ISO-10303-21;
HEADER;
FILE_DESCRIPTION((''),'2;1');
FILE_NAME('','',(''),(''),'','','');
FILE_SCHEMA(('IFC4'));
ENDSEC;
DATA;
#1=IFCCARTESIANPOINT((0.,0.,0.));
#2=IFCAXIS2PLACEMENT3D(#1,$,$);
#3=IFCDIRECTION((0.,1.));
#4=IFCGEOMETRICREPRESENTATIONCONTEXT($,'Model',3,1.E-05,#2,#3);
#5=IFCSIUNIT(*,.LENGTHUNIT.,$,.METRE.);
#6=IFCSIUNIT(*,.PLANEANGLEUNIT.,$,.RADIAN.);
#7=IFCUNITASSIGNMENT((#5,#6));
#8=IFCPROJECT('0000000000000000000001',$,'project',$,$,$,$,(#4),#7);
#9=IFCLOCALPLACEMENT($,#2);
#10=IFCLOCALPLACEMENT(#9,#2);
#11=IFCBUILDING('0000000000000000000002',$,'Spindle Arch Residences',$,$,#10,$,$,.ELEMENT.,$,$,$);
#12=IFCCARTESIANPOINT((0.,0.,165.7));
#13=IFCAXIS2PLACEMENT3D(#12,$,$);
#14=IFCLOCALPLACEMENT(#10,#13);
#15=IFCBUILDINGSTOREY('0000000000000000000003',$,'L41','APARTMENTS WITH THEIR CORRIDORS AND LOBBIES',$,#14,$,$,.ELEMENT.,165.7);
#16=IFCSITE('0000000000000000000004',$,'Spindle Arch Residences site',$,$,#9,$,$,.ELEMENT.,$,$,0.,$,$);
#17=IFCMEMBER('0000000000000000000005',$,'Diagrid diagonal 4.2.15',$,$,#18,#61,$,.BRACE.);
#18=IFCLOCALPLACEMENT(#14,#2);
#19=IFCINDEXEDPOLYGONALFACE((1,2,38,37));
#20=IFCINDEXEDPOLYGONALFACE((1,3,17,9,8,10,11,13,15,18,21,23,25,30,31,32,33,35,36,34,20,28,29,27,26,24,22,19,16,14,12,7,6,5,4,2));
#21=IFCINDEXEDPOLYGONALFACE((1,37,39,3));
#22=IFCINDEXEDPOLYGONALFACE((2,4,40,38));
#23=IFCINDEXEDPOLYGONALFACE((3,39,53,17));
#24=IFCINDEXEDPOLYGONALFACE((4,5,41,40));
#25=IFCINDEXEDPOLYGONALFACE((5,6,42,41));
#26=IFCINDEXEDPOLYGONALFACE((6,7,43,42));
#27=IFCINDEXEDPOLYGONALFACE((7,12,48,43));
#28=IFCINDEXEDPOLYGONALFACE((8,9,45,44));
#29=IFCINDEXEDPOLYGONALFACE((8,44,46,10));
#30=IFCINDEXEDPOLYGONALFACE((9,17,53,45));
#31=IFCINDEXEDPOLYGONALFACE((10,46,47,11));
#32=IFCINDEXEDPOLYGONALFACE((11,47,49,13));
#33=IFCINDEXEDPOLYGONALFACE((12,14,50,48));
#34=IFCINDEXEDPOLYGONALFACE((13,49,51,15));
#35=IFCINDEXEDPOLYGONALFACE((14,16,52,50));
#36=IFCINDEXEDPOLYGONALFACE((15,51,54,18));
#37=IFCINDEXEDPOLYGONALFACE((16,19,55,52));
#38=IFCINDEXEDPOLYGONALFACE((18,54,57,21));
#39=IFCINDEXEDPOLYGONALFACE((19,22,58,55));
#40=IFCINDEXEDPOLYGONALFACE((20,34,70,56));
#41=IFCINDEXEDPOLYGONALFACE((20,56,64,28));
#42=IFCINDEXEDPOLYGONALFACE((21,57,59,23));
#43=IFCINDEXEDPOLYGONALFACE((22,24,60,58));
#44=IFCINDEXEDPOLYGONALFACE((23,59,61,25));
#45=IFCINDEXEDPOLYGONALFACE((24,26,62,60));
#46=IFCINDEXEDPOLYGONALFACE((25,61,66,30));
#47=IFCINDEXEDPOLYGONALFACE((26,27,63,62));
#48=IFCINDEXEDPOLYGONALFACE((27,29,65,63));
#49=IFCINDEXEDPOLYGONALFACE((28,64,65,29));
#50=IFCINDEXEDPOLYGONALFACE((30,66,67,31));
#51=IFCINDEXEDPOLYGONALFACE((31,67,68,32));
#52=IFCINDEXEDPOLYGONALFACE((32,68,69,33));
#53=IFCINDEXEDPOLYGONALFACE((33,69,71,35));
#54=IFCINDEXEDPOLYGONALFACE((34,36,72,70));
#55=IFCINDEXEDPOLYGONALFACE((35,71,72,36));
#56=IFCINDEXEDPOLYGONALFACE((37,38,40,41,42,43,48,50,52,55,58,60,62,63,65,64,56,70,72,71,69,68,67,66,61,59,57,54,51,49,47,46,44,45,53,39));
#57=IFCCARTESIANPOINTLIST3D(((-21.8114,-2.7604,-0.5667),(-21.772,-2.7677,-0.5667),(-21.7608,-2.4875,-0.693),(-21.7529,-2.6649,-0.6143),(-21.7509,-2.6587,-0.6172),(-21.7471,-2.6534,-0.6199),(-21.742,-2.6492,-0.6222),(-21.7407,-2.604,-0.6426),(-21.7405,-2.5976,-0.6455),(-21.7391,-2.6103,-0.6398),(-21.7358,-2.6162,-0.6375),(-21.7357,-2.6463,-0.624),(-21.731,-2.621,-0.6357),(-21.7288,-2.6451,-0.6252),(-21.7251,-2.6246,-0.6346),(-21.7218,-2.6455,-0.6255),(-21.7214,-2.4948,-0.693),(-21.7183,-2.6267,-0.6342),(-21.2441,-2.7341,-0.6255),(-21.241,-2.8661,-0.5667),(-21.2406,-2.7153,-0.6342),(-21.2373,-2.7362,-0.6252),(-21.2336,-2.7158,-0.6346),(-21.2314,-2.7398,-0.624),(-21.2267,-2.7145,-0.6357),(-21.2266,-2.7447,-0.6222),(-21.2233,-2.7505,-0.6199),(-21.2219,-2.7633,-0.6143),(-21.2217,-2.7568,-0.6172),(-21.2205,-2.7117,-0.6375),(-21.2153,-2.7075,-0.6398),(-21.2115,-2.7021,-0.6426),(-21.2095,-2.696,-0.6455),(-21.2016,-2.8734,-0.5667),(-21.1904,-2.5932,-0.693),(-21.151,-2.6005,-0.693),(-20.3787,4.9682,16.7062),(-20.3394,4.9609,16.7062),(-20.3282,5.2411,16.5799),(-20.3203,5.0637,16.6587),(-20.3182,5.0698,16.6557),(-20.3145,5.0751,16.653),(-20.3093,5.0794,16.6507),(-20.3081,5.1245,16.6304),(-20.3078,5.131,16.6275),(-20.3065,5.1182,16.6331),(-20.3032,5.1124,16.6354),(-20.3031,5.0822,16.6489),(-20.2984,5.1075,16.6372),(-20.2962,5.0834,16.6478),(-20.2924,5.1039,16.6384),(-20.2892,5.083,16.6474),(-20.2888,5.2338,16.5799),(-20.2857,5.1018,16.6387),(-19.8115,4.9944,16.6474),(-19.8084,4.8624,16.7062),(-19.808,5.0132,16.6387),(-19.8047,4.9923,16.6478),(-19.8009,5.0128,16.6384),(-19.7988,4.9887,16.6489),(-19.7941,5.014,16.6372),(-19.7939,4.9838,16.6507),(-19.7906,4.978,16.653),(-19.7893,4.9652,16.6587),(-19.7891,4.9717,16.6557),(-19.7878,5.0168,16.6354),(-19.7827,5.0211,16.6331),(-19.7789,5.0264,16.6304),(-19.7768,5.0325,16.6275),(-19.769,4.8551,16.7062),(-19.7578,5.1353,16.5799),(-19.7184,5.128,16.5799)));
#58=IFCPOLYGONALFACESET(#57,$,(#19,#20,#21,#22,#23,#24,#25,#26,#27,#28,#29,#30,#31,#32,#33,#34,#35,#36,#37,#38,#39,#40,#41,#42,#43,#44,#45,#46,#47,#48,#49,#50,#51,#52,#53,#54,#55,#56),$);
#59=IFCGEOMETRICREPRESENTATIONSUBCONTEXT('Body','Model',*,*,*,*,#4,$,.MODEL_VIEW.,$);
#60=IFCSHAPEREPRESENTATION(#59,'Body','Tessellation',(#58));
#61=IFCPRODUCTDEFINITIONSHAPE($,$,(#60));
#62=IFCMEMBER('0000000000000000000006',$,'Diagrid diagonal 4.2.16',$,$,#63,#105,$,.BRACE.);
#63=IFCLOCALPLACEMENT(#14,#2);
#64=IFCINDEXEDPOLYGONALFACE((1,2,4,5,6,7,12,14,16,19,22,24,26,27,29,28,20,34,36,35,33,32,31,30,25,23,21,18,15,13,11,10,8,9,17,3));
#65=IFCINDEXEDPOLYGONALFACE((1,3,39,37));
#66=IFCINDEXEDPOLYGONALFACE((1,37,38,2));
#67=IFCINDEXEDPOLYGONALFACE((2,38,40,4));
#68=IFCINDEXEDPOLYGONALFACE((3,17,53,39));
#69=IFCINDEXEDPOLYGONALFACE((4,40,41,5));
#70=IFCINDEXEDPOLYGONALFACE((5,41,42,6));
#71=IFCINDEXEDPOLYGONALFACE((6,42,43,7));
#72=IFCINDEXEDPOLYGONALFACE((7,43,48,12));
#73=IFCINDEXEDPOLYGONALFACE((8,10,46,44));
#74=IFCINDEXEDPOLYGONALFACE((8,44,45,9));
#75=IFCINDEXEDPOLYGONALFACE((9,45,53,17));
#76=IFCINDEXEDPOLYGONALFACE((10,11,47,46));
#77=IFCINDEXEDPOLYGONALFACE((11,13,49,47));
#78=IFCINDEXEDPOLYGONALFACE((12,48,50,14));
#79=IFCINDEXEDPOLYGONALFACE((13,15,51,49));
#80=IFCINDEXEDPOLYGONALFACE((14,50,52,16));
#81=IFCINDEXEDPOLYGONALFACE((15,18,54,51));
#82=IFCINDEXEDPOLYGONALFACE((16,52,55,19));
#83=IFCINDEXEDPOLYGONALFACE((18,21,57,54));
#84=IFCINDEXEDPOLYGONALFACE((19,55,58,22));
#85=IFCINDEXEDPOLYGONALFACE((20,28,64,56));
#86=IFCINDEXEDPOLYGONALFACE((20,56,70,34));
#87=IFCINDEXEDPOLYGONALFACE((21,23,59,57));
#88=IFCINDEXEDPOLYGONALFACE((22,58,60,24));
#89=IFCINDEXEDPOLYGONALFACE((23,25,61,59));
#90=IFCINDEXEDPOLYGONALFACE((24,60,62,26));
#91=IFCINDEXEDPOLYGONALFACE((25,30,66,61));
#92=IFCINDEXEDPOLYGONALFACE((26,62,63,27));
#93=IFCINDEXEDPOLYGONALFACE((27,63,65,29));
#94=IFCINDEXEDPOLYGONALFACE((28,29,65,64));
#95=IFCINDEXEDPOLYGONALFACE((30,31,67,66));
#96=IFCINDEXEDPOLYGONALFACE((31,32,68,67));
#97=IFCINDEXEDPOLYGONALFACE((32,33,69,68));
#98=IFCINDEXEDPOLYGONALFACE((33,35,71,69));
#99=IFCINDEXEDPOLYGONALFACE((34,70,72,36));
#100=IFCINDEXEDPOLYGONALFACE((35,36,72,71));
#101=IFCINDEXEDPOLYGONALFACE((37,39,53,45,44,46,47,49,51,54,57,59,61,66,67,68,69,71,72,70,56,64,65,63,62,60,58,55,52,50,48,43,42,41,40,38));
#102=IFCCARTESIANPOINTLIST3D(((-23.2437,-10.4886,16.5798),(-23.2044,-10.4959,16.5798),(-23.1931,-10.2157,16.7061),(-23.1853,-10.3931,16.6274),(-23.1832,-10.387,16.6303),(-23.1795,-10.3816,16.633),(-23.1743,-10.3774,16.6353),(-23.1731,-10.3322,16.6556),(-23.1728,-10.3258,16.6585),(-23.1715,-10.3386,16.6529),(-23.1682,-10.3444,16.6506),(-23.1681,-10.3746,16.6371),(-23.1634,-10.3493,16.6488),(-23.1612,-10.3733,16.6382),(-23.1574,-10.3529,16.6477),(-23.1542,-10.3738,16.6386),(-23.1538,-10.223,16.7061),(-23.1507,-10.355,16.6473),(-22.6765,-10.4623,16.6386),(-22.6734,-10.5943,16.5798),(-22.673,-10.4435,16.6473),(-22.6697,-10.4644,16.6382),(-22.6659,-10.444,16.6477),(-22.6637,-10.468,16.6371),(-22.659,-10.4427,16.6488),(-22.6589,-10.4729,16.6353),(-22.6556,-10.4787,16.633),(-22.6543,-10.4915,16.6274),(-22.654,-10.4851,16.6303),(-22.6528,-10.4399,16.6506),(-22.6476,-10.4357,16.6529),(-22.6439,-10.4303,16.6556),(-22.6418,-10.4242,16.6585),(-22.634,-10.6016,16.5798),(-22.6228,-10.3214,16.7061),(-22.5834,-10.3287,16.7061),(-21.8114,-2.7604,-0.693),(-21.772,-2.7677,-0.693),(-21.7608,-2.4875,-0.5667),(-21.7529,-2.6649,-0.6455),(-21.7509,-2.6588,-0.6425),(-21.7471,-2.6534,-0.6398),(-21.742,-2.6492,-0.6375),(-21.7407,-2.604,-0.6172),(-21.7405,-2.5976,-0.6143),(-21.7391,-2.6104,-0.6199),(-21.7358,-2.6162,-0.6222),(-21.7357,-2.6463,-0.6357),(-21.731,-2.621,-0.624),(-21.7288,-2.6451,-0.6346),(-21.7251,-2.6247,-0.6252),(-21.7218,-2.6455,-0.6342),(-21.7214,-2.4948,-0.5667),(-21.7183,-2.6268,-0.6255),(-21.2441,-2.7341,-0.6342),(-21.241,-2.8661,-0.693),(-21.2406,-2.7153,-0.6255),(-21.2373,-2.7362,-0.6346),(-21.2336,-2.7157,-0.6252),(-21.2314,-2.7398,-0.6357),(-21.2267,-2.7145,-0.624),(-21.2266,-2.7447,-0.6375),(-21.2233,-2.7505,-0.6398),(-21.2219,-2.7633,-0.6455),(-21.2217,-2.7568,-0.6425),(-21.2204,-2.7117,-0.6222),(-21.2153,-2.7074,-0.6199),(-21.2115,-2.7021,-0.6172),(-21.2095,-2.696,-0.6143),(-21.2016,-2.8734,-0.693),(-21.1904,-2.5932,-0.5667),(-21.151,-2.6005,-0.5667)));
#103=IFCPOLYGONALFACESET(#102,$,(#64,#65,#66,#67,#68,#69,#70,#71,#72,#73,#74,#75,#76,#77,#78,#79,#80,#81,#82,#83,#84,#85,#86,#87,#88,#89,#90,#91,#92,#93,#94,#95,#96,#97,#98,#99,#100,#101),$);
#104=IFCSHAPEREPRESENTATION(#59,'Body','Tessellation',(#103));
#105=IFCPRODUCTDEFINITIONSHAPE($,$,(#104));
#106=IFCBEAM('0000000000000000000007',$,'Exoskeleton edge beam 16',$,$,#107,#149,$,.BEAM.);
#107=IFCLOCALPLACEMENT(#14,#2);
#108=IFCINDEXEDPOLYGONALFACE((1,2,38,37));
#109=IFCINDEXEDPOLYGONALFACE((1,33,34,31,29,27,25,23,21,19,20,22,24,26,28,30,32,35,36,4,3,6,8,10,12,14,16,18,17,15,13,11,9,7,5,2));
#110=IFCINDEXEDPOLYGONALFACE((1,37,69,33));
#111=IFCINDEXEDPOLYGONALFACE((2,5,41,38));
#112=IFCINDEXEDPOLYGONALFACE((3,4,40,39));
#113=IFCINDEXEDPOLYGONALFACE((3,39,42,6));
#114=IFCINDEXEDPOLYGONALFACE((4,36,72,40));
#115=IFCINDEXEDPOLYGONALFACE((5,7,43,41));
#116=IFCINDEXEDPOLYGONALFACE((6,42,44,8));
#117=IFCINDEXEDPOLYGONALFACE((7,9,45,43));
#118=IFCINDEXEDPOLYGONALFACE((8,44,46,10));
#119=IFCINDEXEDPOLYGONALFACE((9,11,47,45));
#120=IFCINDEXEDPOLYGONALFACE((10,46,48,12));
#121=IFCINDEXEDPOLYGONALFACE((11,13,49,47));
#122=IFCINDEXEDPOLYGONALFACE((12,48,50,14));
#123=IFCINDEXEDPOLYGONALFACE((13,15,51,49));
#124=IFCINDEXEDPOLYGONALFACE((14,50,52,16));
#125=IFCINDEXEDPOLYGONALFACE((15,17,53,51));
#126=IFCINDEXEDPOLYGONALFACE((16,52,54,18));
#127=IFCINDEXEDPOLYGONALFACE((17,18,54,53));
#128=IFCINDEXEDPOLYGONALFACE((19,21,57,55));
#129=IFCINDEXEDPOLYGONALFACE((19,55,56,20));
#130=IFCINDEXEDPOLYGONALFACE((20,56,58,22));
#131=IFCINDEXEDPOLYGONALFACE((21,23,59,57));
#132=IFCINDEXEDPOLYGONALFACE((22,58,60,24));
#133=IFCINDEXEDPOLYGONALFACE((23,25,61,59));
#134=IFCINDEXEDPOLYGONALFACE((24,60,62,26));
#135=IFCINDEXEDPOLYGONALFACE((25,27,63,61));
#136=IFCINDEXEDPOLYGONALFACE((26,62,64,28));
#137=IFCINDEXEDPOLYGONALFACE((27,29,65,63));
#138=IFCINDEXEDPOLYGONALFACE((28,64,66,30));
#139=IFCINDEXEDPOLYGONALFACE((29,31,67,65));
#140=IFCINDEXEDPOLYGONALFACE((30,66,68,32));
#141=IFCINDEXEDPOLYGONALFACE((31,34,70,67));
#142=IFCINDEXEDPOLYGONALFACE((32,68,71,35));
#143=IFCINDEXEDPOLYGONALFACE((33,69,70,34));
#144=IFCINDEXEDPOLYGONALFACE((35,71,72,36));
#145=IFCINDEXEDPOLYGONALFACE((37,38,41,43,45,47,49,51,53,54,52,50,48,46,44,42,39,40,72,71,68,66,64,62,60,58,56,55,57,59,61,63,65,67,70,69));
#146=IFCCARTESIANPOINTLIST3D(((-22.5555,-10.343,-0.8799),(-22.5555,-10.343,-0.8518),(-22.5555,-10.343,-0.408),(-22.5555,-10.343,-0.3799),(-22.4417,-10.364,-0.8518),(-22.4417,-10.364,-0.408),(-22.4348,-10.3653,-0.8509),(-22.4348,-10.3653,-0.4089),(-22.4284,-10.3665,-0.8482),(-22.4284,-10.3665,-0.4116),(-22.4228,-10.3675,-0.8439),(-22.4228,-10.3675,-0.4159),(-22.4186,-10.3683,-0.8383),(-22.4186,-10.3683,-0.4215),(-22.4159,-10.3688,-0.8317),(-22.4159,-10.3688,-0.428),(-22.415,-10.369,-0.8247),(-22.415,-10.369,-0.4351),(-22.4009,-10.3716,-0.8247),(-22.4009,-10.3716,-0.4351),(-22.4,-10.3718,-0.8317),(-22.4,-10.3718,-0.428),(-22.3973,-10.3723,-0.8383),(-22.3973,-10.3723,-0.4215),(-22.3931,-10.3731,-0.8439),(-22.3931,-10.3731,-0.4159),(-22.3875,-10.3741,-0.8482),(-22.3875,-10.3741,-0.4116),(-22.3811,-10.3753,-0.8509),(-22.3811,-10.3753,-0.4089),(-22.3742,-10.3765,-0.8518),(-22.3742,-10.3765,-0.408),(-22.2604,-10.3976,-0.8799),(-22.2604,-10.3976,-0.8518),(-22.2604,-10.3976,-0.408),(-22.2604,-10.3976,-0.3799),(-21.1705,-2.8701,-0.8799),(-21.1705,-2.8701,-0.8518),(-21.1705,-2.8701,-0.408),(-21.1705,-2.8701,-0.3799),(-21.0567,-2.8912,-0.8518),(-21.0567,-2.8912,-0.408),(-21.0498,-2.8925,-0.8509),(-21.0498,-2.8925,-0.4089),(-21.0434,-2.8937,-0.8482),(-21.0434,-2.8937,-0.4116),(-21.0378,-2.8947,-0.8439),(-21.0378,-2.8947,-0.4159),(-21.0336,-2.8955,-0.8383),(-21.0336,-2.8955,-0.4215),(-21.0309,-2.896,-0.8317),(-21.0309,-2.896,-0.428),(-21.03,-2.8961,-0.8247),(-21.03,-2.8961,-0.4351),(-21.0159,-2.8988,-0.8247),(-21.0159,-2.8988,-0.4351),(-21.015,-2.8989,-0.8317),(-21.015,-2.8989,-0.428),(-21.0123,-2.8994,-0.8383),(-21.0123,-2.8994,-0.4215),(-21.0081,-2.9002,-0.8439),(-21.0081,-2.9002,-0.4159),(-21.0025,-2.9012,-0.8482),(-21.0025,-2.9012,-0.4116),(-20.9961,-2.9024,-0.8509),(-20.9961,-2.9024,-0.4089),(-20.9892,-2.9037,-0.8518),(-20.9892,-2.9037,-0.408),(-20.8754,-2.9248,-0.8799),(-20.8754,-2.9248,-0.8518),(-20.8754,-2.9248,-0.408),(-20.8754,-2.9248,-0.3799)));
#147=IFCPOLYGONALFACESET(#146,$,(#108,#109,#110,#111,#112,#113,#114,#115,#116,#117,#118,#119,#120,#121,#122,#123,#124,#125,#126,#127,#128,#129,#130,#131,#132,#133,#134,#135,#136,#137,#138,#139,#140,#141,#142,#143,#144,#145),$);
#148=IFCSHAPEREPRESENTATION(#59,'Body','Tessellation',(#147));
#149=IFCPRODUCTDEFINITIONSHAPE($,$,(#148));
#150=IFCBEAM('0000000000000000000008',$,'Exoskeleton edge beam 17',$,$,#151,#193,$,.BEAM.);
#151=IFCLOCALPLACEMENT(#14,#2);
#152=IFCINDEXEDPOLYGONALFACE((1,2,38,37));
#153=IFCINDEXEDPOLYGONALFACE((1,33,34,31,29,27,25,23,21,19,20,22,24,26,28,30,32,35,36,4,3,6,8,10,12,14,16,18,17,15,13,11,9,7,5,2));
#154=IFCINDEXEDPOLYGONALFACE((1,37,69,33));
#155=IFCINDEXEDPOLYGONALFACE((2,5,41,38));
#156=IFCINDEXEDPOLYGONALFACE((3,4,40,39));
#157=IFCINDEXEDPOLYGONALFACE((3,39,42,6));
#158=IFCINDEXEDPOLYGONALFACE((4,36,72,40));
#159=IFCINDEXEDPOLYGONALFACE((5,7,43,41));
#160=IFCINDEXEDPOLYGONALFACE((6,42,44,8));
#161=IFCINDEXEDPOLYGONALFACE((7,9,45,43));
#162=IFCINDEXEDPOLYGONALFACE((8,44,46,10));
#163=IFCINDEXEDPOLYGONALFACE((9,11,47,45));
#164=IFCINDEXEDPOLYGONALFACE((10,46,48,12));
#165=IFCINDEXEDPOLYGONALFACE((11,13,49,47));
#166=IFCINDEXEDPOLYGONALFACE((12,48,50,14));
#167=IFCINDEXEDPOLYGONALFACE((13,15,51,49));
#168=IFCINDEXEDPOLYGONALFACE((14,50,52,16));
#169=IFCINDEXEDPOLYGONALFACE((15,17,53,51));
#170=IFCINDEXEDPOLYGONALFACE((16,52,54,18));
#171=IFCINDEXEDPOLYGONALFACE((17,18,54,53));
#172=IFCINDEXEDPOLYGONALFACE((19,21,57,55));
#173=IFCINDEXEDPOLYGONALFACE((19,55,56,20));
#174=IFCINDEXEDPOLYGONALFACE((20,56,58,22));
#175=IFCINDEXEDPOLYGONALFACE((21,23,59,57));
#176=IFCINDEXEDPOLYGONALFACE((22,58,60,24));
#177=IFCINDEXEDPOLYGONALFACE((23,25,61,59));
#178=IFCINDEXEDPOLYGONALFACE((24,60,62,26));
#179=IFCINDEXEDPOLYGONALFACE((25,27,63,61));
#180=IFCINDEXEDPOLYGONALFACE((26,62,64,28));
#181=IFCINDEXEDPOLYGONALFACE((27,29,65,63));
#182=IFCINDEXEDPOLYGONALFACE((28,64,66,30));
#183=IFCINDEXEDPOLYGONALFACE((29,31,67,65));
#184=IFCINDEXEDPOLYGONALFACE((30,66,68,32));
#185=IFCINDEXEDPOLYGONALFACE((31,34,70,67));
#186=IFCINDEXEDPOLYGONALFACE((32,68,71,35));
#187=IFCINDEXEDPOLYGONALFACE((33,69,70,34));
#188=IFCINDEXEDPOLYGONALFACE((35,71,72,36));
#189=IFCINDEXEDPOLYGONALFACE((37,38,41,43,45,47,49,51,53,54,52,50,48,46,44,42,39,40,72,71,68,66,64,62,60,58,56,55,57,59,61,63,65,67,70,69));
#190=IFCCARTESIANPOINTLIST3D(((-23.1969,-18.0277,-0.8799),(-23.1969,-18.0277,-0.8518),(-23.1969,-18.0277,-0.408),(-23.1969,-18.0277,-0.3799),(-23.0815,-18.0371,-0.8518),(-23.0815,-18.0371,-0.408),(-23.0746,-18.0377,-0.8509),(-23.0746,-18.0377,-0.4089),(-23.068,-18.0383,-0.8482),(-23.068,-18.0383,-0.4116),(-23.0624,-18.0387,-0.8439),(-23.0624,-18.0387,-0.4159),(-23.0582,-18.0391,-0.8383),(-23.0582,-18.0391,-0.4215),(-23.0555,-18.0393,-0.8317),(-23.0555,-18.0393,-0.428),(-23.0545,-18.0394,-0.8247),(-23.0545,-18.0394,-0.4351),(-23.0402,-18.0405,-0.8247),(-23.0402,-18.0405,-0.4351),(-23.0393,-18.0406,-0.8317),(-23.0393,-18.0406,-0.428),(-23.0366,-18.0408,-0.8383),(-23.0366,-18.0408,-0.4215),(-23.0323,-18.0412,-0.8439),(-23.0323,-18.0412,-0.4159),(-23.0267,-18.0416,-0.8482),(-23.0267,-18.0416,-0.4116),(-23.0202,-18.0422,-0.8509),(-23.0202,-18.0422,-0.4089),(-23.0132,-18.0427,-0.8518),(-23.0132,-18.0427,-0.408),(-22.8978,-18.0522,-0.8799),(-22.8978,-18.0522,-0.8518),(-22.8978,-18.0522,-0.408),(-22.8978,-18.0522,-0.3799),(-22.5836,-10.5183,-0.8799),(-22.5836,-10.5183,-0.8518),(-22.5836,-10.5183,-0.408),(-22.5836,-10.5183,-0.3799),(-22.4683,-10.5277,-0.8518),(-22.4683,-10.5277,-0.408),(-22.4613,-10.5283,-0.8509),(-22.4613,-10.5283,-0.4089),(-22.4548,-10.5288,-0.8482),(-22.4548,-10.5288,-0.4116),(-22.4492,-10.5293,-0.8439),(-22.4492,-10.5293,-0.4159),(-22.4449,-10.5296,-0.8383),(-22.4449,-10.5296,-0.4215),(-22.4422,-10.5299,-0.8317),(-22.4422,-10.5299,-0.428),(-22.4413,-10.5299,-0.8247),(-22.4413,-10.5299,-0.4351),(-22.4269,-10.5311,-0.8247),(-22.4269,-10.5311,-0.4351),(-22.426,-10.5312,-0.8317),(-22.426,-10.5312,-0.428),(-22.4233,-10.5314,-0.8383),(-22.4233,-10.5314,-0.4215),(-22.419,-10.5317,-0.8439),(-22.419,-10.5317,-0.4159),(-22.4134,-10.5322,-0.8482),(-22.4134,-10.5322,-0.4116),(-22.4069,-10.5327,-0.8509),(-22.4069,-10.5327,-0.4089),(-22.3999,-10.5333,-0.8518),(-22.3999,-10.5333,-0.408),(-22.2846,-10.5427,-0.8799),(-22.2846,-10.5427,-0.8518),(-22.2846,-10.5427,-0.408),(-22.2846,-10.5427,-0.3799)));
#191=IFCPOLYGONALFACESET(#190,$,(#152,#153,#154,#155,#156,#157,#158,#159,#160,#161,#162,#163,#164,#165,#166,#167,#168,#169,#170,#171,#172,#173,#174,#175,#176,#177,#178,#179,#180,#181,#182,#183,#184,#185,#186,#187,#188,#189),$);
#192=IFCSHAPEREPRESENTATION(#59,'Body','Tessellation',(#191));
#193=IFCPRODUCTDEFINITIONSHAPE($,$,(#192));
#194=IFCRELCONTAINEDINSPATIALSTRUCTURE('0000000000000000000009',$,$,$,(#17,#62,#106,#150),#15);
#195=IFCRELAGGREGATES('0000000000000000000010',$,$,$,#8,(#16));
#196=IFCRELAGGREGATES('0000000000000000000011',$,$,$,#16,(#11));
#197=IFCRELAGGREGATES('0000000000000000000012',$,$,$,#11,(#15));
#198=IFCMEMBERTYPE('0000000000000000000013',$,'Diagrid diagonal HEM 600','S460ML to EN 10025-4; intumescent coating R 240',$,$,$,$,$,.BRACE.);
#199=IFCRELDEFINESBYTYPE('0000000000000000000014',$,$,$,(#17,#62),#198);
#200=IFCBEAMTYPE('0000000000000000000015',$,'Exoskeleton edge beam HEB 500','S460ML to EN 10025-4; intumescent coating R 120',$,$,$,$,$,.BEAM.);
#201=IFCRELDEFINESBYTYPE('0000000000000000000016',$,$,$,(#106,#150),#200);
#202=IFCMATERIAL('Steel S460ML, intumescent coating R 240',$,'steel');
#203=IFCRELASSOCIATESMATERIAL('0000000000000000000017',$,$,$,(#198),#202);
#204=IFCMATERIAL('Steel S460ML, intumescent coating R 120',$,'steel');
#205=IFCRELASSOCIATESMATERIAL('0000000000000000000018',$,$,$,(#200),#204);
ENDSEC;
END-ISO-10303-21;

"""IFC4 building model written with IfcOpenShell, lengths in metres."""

from ifc_helpers import new_model, si_unit, direction, frame, origin, origin_2d, place, context, subcontext, project, spatial, i_section, extrude, material, material_profile, profile_set, type_object, element, save


model = new_model("IFC4")

# Units and contexts
model_context = context("Model", 3, precision=1e-05, world=origin(), true_north=direction((0.0, 1.0)))
body_context = subcontext(model_context, "Body", "Model", "MODEL_VIEW")
ifc_project = project(units=[si_unit("LENGTHUNIT", "METRE"), si_unit("PLANEANGLEUNIT", "RADIAN")], contexts=[model_context])

# Site, building, storey
site_placement = place(None, origin())
site = spatial("IfcSite", under=ifc_project, at=site_placement, Name="Spindle Arch Residences site", CompositionType="ELEMENT", RefElevation=0.0)
building_placement = place(site_placement, origin())
building = spatial("IfcBuilding", under=site, at=building_placement, Name="Spindle Arch Residences", CompositionType="ELEMENT")
storey_placement = place(building_placement, frame((0.0, 0.0, 165.7)))
storey = spatial("IfcBuildingStorey", under=building, at=storey_placement, Name="L41", Description="APARTMENTS WITH THEIR CORRIDORS AND LOBBIES", CompositionType="ELEMENT", Elevation=165.7)

# Members
ifc_material_1 = material(Name="Steel S460ML, intumescent coating R 240", Category="steel")
ifc_material_profile_1 = material_profile(ifc_material_1, i_section(OverallWidth=0.3049, OverallDepth=0.6201, WebThickness=0.021, FlangeThickness=0.04, FilletRadius=0.0271, at=origin_2d()), Name="HEM 600")
ifc_profile_set_1 = profile_set([ifc_material_profile_1], Name="Steel S460ML, intumescent coating R 240")
member_type_1 = type_object("IfcMemberType", Name="Diagrid diagonal HEM 600", Description="S460ML to EN 10025-4; intumescent coating R 240", PredefinedType="BRACE", material=ifc_profile_set_1)
member_1_placement = place(storey_placement, frame((-21.4812, -2.6804, -0.6299), z_axis=(0.075491, 0.407251, 0.910191), x_axis=(-0.165894, -0.894945, 0.414189)))
element("IfcMember", 1, at=member_1_placement, inside=storey, type_object=member_type_1, Name="Diagrid diagonal 4.2.15", PredefinedType="BRACE", context=body_context, shape_type="SweptSolid", body=[
    extrude(i_section(OverallWidth=0.3049, OverallDepth=0.6201, WebThickness=0.021, FlangeThickness=0.04, FilletRadius=0.0271, at=origin_2d()), origin(), (0.0, 0.0, 1.0), 18.9773),
])
member_2_placement = place(storey_placement, frame((-21.4812, -2.6804, -0.6299), z_axis=(-0.075479, -0.407241, 0.910197), x_axis=(0.165873, 0.894955, 0.414176)))
element("IfcMember", 2, at=member_2_placement, inside=storey, type_object=member_type_1, Name="Diagrid diagonal 4.2.16", PredefinedType="BRACE", context=body_context, shape_type="SweptSolid", body=[
    extrude(i_section(OverallWidth=0.3049, OverallDepth=0.6201, WebThickness=0.021, FlangeThickness=0.04, FilletRadius=0.0271, at=origin_2d()), origin(), (0.0, 0.0, 1.0), 18.9771),
])

# Beams
ifc_material_2 = material(Name="Steel S460ML, intumescent coating R 120", Category="steel")
ifc_material_profile_2 = material_profile(ifc_material_2, i_section(OverallWidth=0.3, OverallDepth=0.5, WebThickness=0.0144, FlangeThickness=0.0281, FilletRadius=0.0271, at=origin_2d()), Name="HEB 500")
ifc_profile_set_2 = profile_set([ifc_material_profile_2], Name="Steel S460ML, intumescent coating R 120")
beam_type_1 = type_object("IfcBeamType", Name="Exoskeleton edge beam HEB 500", Description="S460ML to EN 10025-4; intumescent coating R 120", PredefinedType="BEAM", material=ifc_profile_set_2)
beam_1_placement = place(storey_placement, frame((-21.0229, -2.8975, -0.6299), z_axis=(-0.182234, -0.983255, 0.0), x_axis=(0.983255, -0.182234, 0.0)))
element("IfcBeam", 3, at=beam_1_placement, inside=storey, type_object=beam_type_1, Name="Exoskeleton edge beam 16", PredefinedType="BEAM", context=body_context, shape_type="SweptSolid", body=[
    extrude(i_section(OverallWidth=0.3, OverallDepth=0.5, WebThickness=0.0144, FlangeThickness=0.0281, FilletRadius=0.0271, at=origin_2d()), origin(), (0.0, 0.0, 1.0), 7.6001),
])
beam_2_placement = place(storey_placement, frame((-22.4341, -10.5305, -0.6299), z_axis=(-0.081396, -0.996682, 0.0), x_axis=(0.996682, -0.081396, 0.0)))
element("IfcBeam", 4, at=beam_2_placement, inside=storey, type_object=beam_type_1, Name="Exoskeleton edge beam 17", PredefinedType="BEAM", context=body_context, shape_type="SweptSolid", body=[
    extrude(i_section(OverallWidth=0.3, OverallDepth=0.5, WebThickness=0.0144, FlangeThickness=0.0281, FilletRadius=0.0271, at=origin_2d()), origin(), (0.0, 0.0, 1.0), 7.5344),
])

save(model, "model.ifc")
